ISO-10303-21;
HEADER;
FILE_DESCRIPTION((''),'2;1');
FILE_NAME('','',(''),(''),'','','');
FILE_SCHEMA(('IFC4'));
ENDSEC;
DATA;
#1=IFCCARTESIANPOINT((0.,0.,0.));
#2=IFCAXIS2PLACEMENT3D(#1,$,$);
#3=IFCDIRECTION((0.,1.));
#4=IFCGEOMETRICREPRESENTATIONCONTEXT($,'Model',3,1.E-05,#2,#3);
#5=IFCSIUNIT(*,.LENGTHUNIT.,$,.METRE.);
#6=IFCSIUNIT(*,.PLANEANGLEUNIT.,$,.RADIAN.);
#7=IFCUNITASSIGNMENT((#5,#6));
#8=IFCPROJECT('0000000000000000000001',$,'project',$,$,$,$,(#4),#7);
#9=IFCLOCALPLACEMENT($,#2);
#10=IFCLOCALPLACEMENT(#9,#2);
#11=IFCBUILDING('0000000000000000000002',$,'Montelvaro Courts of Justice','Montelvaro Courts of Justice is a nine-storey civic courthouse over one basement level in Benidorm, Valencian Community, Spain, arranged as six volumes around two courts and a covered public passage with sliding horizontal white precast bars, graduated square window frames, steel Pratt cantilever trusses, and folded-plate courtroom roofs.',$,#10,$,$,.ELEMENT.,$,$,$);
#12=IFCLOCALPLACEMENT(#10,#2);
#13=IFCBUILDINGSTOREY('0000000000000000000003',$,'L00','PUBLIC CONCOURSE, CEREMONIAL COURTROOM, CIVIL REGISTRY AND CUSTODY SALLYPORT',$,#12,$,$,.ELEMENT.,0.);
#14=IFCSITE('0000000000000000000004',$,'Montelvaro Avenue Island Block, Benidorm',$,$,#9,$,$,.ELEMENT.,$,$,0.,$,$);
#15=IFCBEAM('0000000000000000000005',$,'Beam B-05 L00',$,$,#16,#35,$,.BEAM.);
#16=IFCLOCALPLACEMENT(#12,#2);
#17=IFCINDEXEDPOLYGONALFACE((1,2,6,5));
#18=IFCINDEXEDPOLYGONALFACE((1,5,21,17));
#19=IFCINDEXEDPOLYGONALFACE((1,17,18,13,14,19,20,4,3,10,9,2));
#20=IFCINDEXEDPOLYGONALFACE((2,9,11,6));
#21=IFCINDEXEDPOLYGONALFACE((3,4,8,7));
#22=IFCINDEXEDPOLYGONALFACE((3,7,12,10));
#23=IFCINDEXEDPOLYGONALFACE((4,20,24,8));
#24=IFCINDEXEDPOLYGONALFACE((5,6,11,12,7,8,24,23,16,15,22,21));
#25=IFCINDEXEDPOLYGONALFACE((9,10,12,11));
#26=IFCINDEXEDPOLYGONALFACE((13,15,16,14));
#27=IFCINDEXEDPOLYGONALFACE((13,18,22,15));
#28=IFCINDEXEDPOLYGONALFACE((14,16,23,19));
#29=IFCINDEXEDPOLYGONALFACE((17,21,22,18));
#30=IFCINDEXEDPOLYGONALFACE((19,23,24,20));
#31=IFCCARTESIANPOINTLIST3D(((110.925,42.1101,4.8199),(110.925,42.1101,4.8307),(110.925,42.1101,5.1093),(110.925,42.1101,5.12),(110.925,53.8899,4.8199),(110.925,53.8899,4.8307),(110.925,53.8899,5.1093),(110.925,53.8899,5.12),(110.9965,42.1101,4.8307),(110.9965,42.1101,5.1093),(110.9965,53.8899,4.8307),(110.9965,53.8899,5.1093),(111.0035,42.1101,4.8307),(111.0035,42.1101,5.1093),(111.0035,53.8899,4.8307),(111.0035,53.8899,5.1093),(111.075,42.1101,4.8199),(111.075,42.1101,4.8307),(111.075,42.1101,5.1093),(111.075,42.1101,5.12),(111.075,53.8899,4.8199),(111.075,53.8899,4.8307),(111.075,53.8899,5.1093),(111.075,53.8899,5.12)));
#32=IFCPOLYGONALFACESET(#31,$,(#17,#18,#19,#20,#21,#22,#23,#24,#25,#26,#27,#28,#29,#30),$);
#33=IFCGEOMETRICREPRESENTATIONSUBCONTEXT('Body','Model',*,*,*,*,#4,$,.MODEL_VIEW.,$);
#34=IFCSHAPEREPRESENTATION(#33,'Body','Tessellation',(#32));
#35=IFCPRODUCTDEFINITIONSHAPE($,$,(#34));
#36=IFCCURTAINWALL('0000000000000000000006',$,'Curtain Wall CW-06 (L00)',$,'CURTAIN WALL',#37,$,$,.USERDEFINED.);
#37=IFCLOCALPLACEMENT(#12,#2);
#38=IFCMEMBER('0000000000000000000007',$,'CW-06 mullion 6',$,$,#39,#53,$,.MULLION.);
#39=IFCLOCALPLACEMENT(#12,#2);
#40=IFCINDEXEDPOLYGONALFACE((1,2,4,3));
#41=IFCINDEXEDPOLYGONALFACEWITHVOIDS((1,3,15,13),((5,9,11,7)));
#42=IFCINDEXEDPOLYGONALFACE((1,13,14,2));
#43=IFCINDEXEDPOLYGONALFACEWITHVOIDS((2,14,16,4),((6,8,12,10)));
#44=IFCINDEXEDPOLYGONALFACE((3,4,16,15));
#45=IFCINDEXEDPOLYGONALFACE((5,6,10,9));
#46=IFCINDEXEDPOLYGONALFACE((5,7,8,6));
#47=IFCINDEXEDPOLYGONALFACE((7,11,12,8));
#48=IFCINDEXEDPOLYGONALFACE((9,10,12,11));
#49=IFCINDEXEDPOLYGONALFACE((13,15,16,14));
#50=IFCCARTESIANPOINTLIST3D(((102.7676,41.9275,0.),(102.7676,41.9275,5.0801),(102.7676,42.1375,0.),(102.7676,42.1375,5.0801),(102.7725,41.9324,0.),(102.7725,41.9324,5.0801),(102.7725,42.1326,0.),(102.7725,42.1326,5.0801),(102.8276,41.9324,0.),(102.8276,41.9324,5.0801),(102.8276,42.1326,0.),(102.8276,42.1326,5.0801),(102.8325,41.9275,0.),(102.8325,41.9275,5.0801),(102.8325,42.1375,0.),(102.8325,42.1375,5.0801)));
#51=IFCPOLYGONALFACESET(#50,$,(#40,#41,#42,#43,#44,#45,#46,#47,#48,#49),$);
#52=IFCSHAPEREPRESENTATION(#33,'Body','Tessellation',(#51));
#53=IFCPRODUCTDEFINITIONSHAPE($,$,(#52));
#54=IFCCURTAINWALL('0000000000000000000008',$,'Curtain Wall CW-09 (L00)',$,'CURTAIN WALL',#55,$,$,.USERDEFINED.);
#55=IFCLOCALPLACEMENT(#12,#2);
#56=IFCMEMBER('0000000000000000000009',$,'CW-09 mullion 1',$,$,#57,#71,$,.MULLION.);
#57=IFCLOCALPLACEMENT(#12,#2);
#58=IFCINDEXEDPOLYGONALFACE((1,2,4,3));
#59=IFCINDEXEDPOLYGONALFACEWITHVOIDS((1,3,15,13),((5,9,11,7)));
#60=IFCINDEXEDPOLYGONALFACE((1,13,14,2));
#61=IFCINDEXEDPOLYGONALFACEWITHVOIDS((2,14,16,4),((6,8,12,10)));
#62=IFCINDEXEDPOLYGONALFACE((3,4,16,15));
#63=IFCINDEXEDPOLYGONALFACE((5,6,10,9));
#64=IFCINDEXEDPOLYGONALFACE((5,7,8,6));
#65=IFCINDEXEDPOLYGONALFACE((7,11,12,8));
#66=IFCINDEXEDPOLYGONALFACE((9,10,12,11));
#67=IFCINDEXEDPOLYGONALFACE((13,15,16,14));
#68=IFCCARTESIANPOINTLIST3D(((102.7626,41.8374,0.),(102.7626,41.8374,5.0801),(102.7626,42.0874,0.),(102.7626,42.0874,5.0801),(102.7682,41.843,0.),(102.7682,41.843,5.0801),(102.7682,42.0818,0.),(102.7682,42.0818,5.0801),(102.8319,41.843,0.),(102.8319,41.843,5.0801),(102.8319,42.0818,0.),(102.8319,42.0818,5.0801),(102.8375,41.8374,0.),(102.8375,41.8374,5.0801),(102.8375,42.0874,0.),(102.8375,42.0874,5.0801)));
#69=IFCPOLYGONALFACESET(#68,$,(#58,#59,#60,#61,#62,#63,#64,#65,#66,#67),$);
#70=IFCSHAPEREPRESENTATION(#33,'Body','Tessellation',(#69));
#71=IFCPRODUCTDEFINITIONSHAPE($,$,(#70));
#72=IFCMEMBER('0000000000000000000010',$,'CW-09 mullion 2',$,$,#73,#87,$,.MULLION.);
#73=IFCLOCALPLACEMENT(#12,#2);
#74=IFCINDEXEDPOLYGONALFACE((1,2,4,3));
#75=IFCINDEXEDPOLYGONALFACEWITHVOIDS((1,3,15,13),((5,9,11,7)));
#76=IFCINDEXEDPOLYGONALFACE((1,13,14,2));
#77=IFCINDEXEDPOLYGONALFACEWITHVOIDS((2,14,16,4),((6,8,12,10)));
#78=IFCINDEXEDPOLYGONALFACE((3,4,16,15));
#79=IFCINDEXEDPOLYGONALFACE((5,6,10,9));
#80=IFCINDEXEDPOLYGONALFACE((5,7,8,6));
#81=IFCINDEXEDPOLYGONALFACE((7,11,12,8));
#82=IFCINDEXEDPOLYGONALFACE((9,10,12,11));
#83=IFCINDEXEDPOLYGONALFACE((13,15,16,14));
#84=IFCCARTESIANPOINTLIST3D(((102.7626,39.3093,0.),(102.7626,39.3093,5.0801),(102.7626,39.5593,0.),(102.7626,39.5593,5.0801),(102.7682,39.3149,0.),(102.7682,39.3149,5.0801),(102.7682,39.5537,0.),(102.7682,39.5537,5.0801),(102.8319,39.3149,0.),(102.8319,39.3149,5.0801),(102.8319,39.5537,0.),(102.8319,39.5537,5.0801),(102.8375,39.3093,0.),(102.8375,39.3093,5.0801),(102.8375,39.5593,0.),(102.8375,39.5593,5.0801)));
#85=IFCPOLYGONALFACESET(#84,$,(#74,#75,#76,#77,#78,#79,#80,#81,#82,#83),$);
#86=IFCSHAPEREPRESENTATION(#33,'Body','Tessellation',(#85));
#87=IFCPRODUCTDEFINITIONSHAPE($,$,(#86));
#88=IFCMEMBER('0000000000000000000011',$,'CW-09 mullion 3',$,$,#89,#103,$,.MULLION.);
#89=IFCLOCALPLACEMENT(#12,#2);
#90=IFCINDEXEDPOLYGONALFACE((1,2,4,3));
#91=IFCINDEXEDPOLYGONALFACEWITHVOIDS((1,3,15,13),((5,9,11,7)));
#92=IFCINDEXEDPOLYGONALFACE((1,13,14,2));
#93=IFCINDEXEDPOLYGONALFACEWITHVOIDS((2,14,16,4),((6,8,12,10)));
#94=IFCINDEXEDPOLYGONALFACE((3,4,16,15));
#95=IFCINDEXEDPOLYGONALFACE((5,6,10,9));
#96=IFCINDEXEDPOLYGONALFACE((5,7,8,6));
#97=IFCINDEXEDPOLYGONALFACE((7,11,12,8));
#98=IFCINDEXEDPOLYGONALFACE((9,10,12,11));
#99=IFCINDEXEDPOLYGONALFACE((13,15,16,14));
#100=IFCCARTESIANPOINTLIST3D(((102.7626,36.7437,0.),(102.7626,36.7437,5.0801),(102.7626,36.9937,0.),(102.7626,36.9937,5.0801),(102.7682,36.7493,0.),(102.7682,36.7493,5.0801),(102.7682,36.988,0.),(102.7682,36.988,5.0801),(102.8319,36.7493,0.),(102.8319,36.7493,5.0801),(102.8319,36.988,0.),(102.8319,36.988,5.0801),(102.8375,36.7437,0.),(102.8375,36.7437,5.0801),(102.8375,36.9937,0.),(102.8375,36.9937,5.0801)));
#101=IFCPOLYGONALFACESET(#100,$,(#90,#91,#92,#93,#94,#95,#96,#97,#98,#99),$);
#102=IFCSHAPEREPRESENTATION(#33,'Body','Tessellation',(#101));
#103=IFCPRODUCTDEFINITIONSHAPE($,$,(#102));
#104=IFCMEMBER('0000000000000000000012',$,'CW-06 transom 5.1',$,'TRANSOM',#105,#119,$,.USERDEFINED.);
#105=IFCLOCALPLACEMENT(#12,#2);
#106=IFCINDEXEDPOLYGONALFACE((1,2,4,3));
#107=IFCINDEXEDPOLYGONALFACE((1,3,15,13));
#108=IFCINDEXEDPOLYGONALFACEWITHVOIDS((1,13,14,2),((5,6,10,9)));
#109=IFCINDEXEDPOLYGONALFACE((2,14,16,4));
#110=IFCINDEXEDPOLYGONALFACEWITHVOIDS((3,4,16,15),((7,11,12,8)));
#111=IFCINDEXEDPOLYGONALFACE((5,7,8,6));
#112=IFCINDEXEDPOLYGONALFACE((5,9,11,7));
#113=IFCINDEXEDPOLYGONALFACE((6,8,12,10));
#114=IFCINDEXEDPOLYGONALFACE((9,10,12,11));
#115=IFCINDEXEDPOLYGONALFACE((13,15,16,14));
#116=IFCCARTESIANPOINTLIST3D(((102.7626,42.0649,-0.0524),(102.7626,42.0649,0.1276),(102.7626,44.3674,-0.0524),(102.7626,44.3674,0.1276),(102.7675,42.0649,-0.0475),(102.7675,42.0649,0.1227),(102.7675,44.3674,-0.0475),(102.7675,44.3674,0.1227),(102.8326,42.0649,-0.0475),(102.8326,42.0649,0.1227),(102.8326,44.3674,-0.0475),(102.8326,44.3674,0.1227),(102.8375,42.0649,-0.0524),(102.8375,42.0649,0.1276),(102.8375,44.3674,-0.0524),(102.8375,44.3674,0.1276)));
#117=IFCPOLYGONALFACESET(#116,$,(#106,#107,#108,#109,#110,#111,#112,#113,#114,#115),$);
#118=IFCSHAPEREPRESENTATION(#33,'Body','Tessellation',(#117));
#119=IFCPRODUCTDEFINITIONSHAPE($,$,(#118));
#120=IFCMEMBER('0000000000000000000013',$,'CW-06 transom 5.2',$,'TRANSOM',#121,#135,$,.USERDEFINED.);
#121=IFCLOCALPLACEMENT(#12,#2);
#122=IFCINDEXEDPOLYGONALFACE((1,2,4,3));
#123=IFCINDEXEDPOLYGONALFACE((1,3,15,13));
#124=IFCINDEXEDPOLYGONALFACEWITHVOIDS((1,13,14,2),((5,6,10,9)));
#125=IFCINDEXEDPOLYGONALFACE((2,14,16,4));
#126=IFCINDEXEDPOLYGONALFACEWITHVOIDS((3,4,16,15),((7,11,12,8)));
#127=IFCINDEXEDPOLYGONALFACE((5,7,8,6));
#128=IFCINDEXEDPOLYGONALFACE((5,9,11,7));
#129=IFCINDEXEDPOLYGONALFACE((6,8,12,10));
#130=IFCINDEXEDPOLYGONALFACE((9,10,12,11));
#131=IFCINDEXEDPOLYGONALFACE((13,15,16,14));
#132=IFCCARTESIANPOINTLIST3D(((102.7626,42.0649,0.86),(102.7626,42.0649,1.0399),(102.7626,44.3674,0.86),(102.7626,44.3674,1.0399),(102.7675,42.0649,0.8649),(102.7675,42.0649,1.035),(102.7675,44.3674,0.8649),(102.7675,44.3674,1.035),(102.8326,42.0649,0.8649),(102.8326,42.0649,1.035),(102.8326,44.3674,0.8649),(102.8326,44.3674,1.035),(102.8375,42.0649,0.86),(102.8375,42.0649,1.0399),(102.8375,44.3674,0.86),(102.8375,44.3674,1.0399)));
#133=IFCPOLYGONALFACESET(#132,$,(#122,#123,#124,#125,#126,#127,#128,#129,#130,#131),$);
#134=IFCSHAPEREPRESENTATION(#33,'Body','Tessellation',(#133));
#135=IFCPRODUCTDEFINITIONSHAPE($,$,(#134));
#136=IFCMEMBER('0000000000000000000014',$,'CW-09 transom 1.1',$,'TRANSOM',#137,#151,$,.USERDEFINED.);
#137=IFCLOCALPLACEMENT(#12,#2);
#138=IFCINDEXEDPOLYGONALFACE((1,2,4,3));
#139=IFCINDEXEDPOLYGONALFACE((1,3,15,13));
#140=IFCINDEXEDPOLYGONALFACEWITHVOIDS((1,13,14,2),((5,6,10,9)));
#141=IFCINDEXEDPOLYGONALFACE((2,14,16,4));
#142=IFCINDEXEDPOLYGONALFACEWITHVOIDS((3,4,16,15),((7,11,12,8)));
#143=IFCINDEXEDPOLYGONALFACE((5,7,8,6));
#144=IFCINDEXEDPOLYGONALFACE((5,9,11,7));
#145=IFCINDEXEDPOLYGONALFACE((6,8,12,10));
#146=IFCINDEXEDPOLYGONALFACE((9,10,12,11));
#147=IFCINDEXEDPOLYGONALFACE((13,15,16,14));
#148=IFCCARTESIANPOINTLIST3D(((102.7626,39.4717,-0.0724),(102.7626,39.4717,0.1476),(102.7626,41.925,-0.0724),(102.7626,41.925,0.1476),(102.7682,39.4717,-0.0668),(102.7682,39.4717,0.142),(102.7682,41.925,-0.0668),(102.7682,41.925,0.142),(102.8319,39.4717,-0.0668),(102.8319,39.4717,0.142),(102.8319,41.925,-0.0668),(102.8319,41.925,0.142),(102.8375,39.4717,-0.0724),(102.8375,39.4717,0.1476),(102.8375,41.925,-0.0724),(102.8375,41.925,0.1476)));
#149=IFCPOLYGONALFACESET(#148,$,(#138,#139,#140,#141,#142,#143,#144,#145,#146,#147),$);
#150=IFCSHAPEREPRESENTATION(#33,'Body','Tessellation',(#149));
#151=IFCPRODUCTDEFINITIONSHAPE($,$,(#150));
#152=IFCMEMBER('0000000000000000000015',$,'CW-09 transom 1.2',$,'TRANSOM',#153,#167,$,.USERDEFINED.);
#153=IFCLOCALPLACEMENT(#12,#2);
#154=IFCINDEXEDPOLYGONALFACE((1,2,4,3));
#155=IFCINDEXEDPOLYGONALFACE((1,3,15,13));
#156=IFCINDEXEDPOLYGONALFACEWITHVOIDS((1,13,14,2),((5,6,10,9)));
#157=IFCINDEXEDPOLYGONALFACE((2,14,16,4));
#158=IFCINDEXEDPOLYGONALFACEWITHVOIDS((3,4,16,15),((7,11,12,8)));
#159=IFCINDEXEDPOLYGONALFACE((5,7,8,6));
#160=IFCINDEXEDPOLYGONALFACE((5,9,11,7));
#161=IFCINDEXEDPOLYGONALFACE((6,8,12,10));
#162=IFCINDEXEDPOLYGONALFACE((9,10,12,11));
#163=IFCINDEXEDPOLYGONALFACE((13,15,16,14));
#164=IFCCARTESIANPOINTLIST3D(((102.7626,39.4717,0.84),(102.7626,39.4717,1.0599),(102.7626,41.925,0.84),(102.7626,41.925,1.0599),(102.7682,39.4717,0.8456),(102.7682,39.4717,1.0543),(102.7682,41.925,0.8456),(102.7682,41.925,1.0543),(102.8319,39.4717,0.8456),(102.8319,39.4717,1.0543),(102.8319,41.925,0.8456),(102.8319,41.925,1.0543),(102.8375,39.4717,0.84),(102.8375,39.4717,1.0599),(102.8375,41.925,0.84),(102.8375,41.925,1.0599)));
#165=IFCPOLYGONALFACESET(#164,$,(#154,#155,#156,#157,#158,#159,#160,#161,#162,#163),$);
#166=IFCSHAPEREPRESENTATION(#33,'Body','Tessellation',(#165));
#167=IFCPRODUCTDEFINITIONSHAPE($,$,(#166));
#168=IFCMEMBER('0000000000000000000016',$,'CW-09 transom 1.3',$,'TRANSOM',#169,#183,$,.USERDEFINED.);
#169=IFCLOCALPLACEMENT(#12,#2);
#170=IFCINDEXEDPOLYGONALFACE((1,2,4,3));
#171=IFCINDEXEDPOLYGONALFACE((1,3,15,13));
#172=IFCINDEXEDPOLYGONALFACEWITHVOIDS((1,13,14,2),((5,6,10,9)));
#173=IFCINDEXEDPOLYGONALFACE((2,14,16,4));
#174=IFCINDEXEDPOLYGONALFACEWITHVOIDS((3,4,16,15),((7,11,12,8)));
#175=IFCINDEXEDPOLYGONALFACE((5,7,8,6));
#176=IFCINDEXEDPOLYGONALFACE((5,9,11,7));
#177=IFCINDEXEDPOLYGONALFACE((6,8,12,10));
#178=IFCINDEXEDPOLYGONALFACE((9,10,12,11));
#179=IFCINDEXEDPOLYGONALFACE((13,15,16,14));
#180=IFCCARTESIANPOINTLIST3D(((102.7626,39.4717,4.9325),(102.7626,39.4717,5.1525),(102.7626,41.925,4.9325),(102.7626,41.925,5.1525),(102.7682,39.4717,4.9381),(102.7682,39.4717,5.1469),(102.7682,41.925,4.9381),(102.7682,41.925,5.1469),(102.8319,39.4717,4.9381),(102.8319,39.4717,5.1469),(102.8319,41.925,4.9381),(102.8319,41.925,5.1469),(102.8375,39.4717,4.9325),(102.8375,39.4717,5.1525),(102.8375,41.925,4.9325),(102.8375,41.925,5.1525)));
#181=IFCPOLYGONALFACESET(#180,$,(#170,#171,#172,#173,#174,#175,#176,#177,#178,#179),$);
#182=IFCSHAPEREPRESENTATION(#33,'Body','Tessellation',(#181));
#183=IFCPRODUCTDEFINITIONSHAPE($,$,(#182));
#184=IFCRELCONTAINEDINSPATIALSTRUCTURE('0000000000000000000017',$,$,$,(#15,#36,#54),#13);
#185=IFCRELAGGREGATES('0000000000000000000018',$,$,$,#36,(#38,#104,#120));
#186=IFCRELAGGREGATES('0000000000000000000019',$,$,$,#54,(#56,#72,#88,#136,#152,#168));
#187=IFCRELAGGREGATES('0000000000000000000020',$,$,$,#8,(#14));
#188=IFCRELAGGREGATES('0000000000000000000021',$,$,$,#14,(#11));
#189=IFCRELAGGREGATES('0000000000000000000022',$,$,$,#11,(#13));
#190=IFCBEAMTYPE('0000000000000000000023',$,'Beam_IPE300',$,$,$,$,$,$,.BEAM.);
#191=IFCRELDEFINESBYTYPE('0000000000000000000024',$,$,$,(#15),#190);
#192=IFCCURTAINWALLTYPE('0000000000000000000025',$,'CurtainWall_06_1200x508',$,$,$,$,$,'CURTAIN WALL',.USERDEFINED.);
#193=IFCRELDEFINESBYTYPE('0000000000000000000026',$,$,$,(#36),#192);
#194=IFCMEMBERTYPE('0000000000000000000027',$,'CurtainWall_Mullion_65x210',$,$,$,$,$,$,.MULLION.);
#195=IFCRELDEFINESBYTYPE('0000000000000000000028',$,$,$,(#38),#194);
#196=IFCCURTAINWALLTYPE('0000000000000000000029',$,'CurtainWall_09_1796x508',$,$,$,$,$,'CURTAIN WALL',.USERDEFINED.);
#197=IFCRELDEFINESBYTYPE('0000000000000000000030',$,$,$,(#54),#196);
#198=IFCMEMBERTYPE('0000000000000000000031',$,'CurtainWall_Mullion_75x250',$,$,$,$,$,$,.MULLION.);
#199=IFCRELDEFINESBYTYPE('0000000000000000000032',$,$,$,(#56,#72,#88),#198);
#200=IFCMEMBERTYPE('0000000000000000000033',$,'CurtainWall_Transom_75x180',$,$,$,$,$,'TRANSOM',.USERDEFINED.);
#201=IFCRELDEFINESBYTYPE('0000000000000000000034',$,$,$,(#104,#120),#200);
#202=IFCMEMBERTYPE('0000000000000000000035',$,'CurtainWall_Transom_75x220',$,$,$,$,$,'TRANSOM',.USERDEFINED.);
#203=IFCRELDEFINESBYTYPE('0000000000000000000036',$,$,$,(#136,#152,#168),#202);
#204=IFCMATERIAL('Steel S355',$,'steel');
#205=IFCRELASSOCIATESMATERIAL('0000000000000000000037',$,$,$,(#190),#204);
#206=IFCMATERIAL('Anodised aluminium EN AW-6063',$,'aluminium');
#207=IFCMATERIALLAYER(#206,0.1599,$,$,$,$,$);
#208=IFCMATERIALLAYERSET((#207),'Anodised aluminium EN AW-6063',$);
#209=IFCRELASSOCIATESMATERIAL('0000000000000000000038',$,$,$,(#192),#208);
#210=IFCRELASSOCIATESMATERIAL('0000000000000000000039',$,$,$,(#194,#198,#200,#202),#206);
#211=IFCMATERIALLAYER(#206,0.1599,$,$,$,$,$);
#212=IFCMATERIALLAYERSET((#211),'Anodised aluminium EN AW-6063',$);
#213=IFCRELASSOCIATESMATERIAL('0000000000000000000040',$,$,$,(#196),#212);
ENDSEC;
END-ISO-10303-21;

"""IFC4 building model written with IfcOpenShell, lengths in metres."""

from ifc_helpers import new_model, si_unit, direction, frame, origin, origin_2d, place, context, subcontext, project, spatial, hollow_rectangle, i_section, extrude, material, layer, layer_set, material_profile, profile_set, type_object, element, aggregate, save


model = new_model("IFC4")

# Units and contexts
model_context = context("Model", 3, precision=1e-05, world=origin(), true_north=direction((0.0, 1.0)))
body_context = subcontext(model_context, "Body", "Model", "MODEL_VIEW")
ifc_project = project(units=[si_unit("LENGTHUNIT", "METRE"), si_unit("PLANEANGLEUNIT", "RADIAN")], contexts=[model_context])

# Site, building, storey
site_placement = place(None, origin())
site = spatial("IfcSite", under=ifc_project, at=site_placement, Name="Montelvaro Avenue Island Block, Benidorm", CompositionType="ELEMENT", RefElevation=0.0)
building_placement = place(site_placement, origin())
building = spatial("IfcBuilding", under=site, at=building_placement, Name="Montelvaro Courts of Justice", Description="Montelvaro Courts of Justice is a nine-storey civic courthouse over one basement level in Benidorm, Valencian Community, Spain, arranged as six volumes around two courts and a covered public passage with sliding horizontal white precast bars, graduated square window frames, steel Pratt cantilever trusses, and folded-plate courtroom roofs.", CompositionType="ELEMENT")
storey_placement = place(building_placement, origin())
storey = spatial("IfcBuildingStorey", under=building, at=storey_placement, Name="L00", Description="PUBLIC CONCOURSE, CEREMONIAL COURTROOM, CIVIL REGISTRY AND CUSTODY SALLYPORT", CompositionType="ELEMENT", Elevation=0.0)

# Shared definitions
ifc_material_1 = material(Name="Steel S355", Category="steel")

# Beam
ifc_material_profile_1 = material_profile(ifc_material_1, i_section(OverallWidth=0.1499, OverallDepth=0.3, WebThickness=0.0071, FlangeThickness=0.0107, at=origin_2d()), Name="IPE 300")
ifc_profile_set_1 = profile_set([ifc_material_profile_1], Name="Steel S355")
beam_type_1 = type_object("IfcBeamType", Name="Beam_IPE300", PredefinedType="BEAM", material=ifc_profile_set_1)
for number, where, z_axis, x_axis, name in (
    (1, (111.0, 42.1101, 4.97), (0.0, 1.0, 0.0), (-1.0, 0.0, 0.0), "Beam B-05 L00"),
):
    element("IfcBeam", number, at=place(storey_placement, frame(where, z_axis=z_axis, x_axis=x_axis)), inside=storey, type_object=beam_type_1, Name=name, PredefinedType="BEAM", context=body_context, shape_type="SweptSolid", body=[
        extrude(i_section(OverallWidth=0.1499, OverallDepth=0.3, WebThickness=0.0071, FlangeThickness=0.0107, at=origin_2d()), origin(), (0.0, 0.0, 1.0), 11.7798),
    ])

# Curtain wall, member
ifc_material_2 = material(Name="Anodised aluminium EN AW-6063", Category="aluminium")
ifc_layer_1 = layer(ifc_material_2, 0.1599)
ifc_layer_set_1 = layer_set([ifc_layer_1], Name="Anodised aluminium EN AW-6063")
curtain_wall_type_1 = type_object("IfcCurtainWallType", Name="CurtainWall_06_1200x508", ElementType="CURTAIN WALL", PredefinedType="USERDEFINED", material=ifc_layer_set_1)
curtain_wall_1_placement = place(storey_placement, origin())
curtain_wall_1 = element("IfcCurtainWall", 2, at=curtain_wall_1_placement, inside=storey, type_object=curtain_wall_type_1, Name="Curtain Wall CW-06 (L00)", ObjectType="CURTAIN WALL", PredefinedType="USERDEFINED")
ifc_material_profile_2 = material_profile(ifc_material_2, hollow_rectangle(XDim=0.0649, YDim=0.21, WallThickness=0.0049, at=origin_2d()), Name="ALU-M 65x210")
ifc_profile_set_2 = profile_set([ifc_material_profile_2], Name="Anodised aluminium EN AW-6063")
member_type_1 = type_object("IfcMemberType", Name="CurtainWall_Mullion_65x210", PredefinedType="MULLION", material=ifc_profile_set_2)
member_1_placement = place(storey_placement, frame((102.8, 42.0325, 0.0), z_axis=(0.0, 0.0, 1.0), x_axis=(1.0, 0.0, 0.0)))
member_1 = element("IfcMember", 3, at=member_1_placement, type_object=member_type_1, Name="CW-06 mullion 6", PredefinedType="MULLION", context=body_context, shape_type="SweptSolid", body=[
    extrude(hollow_rectangle(XDim=0.0649, YDim=0.21, WallThickness=0.0049, at=origin_2d()), origin(), (0.0, 0.0, 1.0), 5.0801),
])

# Curtain wall, members
ifc_layer_2 = layer(ifc_material_2, 0.1599)
ifc_layer_set_2 = layer_set([ifc_layer_2], Name="Anodised aluminium EN AW-6063")
curtain_wall_type_2 = type_object("IfcCurtainWallType", Name="CurtainWall_09_1796x508", ElementType="CURTAIN WALL", PredefinedType="USERDEFINED", material=ifc_layer_set_2)
curtain_wall_2_placement = place(storey_placement, origin())
curtain_wall_2 = element("IfcCurtainWall", 4, at=curtain_wall_2_placement, inside=storey, type_object=curtain_wall_type_2, Name="Curtain Wall CW-09 (L00)", ObjectType="CURTAIN WALL", PredefinedType="USERDEFINED")
ifc_material_profile_3 = material_profile(ifc_material_2, hollow_rectangle(XDim=0.075, YDim=0.25, WallThickness=0.0056, at=origin_2d()), Name="ALU-M 75x250")
ifc_profile_set_3 = profile_set([ifc_material_profile_3], Name="Anodised aluminium EN AW-6063")
member_type_2 = type_object("IfcMemberType", Name="CurtainWall_Mullion_75x250", PredefinedType="MULLION", material=ifc_profile_set_3)
member_2_placement = place(storey_placement, frame((102.8, 41.9624, 0.0), z_axis=(0.0, 0.0, 1.0), x_axis=(1.0, 0.0, 0.0)))
member_2 = element("IfcMember", 5, at=member_2_placement, type_object=member_type_2, Name="CW-09 mullion 1", PredefinedType="MULLION", context=body_context, shape_type="SweptSolid", body=[
    extrude(hollow_rectangle(XDim=0.075, YDim=0.25, WallThickness=0.0056, at=origin_2d()), origin(), (0.0, 0.0, 1.0), 5.0801),
])
member_3_placement = place(storey_placement, frame((102.8, 39.4343, 0.0), z_axis=(0.0, 0.0, 1.0), x_axis=(1.0, 0.0, 0.0)))
member_3 = element("IfcMember", 6, at=member_3_placement, type_object=member_type_2, Name="CW-09 mullion 2", PredefinedType="MULLION", context=body_context, shape_type="SweptSolid", body=[
    extrude(hollow_rectangle(XDim=0.075, YDim=0.25, WallThickness=0.0056, at=origin_2d()), origin(), (0.0, 0.0, 1.0), 5.0801),
])
member_4_placement = place(storey_placement, frame((102.8, 36.8687, 0.0), z_axis=(0.0, 0.0, 1.0), x_axis=(1.0, 0.0, 0.0)))
member_4 = element("IfcMember", 7, at=member_4_placement, type_object=member_type_2, Name="CW-09 mullion 3", PredefinedType="MULLION", context=body_context, shape_type="SweptSolid", body=[
    extrude(hollow_rectangle(XDim=0.075, YDim=0.25, WallThickness=0.0056, at=origin_2d()), origin(), (0.0, 0.0, 1.0), 5.0801),
])

# Members
ifc_material_profile_4 = material_profile(ifc_material_2, hollow_rectangle(XDim=0.075, YDim=0.1799, WallThickness=0.0049, at=origin_2d()), Name="ALU-T 75x180")
ifc_profile_set_4 = profile_set([ifc_material_profile_4], Name="Anodised aluminium EN AW-6063")
member_type_3 = type_object("IfcMemberType", Name="CurtainWall_Transom_75x180", ElementType="TRANSOM", PredefinedType="USERDEFINED", material=ifc_profile_set_4)
member_5_placement = place(storey_placement, frame((102.8, 44.3674, 0.0376), z_axis=(0.0, -1.0, 0.0), x_axis=(1.0, 0.0, 0.0)))
member_5 = element("IfcMember", 8, at=member_5_placement, type_object=member_type_3, Name="CW-06 transom 5.1", ObjectType="TRANSOM", PredefinedType="USERDEFINED", context=body_context, shape_type="SweptSolid", body=[
    extrude(hollow_rectangle(XDim=0.075, YDim=0.1799, WallThickness=0.0049, at=origin_2d()), origin(), (0.0, 0.0, 1.0), 2.3025),
])
member_6_placement = place(storey_placement, frame((102.8, 44.3674, 0.95), z_axis=(0.0, -1.0, 0.0), x_axis=(1.0, 0.0, 0.0)))
member_6 = element("IfcMember", 9, at=member_6_placement, type_object=member_type_3, Name="CW-06 transom 5.2", ObjectType="TRANSOM", PredefinedType="USERDEFINED", context=body_context, shape_type="SweptSolid", body=[
    extrude(hollow_rectangle(XDim=0.075, YDim=0.1799, WallThickness=0.0049, at=origin_2d()), origin(), (0.0, 0.0, 1.0), 2.3025),
])
ifc_material_profile_5 = material_profile(ifc_material_2, hollow_rectangle(XDim=0.075, YDim=0.22, WallThickness=0.0056, at=origin_2d()), Name="ALU-T 75x220")
ifc_profile_set_5 = profile_set([ifc_material_profile_5], Name="Anodised aluminium EN AW-6063")
member_type_4 = type_object("IfcMemberType", Name="CurtainWall_Transom_75x220", ElementType="TRANSOM", PredefinedType="USERDEFINED", material=ifc_profile_set_5)
member_7_placement = place(storey_placement, frame((102.8, 41.925, 0.0376), z_axis=(0.0, -1.0, 0.0), x_axis=(1.0, 0.0, 0.0)))
member_7 = element("IfcMember", 10, at=member_7_placement, type_object=member_type_4, Name="CW-09 transom 1.1", ObjectType="TRANSOM", PredefinedType="USERDEFINED", context=body_context, shape_type="SweptSolid", body=[
    extrude(hollow_rectangle(XDim=0.075, YDim=0.22, WallThickness=0.0056, at=origin_2d()), origin(), (0.0, 0.0, 1.0), 2.4534),
])
member_8_placement = place(storey_placement, frame((102.8, 41.925, 0.95), z_axis=(0.0, -1.0, 0.0), x_axis=(1.0, 0.0, 0.0)))
member_8 = element("IfcMember", 11, at=member_8_placement, type_object=member_type_4, Name="CW-09 transom 1.2", ObjectType="TRANSOM", PredefinedType="USERDEFINED", context=body_context, shape_type="SweptSolid", body=[
    extrude(hollow_rectangle(XDim=0.075, YDim=0.22, WallThickness=0.0056, at=origin_2d()), origin(), (0.0, 0.0, 1.0), 2.4534),
])
member_9_placement = place(storey_placement, frame((102.8, 41.925, 5.0425), z_axis=(0.0, -1.0, 0.0), x_axis=(1.0, 0.0, 0.0)))
member_9 = element("IfcMember", 12, at=member_9_placement, type_object=member_type_4, Name="CW-09 transom 1.3", ObjectType="TRANSOM", PredefinedType="USERDEFINED", context=body_context, shape_type="SweptSolid", body=[
    extrude(hollow_rectangle(XDim=0.075, YDim=0.22, WallThickness=0.0056, at=origin_2d()), origin(), (0.0, 0.0, 1.0), 2.4534),
])

aggregate(curtain_wall_1, [member_1, member_5, member_6])
aggregate(curtain_wall_2, [member_2, member_3, member_4, member_7, member_8, member_9])

save(model, "model.ifc")
